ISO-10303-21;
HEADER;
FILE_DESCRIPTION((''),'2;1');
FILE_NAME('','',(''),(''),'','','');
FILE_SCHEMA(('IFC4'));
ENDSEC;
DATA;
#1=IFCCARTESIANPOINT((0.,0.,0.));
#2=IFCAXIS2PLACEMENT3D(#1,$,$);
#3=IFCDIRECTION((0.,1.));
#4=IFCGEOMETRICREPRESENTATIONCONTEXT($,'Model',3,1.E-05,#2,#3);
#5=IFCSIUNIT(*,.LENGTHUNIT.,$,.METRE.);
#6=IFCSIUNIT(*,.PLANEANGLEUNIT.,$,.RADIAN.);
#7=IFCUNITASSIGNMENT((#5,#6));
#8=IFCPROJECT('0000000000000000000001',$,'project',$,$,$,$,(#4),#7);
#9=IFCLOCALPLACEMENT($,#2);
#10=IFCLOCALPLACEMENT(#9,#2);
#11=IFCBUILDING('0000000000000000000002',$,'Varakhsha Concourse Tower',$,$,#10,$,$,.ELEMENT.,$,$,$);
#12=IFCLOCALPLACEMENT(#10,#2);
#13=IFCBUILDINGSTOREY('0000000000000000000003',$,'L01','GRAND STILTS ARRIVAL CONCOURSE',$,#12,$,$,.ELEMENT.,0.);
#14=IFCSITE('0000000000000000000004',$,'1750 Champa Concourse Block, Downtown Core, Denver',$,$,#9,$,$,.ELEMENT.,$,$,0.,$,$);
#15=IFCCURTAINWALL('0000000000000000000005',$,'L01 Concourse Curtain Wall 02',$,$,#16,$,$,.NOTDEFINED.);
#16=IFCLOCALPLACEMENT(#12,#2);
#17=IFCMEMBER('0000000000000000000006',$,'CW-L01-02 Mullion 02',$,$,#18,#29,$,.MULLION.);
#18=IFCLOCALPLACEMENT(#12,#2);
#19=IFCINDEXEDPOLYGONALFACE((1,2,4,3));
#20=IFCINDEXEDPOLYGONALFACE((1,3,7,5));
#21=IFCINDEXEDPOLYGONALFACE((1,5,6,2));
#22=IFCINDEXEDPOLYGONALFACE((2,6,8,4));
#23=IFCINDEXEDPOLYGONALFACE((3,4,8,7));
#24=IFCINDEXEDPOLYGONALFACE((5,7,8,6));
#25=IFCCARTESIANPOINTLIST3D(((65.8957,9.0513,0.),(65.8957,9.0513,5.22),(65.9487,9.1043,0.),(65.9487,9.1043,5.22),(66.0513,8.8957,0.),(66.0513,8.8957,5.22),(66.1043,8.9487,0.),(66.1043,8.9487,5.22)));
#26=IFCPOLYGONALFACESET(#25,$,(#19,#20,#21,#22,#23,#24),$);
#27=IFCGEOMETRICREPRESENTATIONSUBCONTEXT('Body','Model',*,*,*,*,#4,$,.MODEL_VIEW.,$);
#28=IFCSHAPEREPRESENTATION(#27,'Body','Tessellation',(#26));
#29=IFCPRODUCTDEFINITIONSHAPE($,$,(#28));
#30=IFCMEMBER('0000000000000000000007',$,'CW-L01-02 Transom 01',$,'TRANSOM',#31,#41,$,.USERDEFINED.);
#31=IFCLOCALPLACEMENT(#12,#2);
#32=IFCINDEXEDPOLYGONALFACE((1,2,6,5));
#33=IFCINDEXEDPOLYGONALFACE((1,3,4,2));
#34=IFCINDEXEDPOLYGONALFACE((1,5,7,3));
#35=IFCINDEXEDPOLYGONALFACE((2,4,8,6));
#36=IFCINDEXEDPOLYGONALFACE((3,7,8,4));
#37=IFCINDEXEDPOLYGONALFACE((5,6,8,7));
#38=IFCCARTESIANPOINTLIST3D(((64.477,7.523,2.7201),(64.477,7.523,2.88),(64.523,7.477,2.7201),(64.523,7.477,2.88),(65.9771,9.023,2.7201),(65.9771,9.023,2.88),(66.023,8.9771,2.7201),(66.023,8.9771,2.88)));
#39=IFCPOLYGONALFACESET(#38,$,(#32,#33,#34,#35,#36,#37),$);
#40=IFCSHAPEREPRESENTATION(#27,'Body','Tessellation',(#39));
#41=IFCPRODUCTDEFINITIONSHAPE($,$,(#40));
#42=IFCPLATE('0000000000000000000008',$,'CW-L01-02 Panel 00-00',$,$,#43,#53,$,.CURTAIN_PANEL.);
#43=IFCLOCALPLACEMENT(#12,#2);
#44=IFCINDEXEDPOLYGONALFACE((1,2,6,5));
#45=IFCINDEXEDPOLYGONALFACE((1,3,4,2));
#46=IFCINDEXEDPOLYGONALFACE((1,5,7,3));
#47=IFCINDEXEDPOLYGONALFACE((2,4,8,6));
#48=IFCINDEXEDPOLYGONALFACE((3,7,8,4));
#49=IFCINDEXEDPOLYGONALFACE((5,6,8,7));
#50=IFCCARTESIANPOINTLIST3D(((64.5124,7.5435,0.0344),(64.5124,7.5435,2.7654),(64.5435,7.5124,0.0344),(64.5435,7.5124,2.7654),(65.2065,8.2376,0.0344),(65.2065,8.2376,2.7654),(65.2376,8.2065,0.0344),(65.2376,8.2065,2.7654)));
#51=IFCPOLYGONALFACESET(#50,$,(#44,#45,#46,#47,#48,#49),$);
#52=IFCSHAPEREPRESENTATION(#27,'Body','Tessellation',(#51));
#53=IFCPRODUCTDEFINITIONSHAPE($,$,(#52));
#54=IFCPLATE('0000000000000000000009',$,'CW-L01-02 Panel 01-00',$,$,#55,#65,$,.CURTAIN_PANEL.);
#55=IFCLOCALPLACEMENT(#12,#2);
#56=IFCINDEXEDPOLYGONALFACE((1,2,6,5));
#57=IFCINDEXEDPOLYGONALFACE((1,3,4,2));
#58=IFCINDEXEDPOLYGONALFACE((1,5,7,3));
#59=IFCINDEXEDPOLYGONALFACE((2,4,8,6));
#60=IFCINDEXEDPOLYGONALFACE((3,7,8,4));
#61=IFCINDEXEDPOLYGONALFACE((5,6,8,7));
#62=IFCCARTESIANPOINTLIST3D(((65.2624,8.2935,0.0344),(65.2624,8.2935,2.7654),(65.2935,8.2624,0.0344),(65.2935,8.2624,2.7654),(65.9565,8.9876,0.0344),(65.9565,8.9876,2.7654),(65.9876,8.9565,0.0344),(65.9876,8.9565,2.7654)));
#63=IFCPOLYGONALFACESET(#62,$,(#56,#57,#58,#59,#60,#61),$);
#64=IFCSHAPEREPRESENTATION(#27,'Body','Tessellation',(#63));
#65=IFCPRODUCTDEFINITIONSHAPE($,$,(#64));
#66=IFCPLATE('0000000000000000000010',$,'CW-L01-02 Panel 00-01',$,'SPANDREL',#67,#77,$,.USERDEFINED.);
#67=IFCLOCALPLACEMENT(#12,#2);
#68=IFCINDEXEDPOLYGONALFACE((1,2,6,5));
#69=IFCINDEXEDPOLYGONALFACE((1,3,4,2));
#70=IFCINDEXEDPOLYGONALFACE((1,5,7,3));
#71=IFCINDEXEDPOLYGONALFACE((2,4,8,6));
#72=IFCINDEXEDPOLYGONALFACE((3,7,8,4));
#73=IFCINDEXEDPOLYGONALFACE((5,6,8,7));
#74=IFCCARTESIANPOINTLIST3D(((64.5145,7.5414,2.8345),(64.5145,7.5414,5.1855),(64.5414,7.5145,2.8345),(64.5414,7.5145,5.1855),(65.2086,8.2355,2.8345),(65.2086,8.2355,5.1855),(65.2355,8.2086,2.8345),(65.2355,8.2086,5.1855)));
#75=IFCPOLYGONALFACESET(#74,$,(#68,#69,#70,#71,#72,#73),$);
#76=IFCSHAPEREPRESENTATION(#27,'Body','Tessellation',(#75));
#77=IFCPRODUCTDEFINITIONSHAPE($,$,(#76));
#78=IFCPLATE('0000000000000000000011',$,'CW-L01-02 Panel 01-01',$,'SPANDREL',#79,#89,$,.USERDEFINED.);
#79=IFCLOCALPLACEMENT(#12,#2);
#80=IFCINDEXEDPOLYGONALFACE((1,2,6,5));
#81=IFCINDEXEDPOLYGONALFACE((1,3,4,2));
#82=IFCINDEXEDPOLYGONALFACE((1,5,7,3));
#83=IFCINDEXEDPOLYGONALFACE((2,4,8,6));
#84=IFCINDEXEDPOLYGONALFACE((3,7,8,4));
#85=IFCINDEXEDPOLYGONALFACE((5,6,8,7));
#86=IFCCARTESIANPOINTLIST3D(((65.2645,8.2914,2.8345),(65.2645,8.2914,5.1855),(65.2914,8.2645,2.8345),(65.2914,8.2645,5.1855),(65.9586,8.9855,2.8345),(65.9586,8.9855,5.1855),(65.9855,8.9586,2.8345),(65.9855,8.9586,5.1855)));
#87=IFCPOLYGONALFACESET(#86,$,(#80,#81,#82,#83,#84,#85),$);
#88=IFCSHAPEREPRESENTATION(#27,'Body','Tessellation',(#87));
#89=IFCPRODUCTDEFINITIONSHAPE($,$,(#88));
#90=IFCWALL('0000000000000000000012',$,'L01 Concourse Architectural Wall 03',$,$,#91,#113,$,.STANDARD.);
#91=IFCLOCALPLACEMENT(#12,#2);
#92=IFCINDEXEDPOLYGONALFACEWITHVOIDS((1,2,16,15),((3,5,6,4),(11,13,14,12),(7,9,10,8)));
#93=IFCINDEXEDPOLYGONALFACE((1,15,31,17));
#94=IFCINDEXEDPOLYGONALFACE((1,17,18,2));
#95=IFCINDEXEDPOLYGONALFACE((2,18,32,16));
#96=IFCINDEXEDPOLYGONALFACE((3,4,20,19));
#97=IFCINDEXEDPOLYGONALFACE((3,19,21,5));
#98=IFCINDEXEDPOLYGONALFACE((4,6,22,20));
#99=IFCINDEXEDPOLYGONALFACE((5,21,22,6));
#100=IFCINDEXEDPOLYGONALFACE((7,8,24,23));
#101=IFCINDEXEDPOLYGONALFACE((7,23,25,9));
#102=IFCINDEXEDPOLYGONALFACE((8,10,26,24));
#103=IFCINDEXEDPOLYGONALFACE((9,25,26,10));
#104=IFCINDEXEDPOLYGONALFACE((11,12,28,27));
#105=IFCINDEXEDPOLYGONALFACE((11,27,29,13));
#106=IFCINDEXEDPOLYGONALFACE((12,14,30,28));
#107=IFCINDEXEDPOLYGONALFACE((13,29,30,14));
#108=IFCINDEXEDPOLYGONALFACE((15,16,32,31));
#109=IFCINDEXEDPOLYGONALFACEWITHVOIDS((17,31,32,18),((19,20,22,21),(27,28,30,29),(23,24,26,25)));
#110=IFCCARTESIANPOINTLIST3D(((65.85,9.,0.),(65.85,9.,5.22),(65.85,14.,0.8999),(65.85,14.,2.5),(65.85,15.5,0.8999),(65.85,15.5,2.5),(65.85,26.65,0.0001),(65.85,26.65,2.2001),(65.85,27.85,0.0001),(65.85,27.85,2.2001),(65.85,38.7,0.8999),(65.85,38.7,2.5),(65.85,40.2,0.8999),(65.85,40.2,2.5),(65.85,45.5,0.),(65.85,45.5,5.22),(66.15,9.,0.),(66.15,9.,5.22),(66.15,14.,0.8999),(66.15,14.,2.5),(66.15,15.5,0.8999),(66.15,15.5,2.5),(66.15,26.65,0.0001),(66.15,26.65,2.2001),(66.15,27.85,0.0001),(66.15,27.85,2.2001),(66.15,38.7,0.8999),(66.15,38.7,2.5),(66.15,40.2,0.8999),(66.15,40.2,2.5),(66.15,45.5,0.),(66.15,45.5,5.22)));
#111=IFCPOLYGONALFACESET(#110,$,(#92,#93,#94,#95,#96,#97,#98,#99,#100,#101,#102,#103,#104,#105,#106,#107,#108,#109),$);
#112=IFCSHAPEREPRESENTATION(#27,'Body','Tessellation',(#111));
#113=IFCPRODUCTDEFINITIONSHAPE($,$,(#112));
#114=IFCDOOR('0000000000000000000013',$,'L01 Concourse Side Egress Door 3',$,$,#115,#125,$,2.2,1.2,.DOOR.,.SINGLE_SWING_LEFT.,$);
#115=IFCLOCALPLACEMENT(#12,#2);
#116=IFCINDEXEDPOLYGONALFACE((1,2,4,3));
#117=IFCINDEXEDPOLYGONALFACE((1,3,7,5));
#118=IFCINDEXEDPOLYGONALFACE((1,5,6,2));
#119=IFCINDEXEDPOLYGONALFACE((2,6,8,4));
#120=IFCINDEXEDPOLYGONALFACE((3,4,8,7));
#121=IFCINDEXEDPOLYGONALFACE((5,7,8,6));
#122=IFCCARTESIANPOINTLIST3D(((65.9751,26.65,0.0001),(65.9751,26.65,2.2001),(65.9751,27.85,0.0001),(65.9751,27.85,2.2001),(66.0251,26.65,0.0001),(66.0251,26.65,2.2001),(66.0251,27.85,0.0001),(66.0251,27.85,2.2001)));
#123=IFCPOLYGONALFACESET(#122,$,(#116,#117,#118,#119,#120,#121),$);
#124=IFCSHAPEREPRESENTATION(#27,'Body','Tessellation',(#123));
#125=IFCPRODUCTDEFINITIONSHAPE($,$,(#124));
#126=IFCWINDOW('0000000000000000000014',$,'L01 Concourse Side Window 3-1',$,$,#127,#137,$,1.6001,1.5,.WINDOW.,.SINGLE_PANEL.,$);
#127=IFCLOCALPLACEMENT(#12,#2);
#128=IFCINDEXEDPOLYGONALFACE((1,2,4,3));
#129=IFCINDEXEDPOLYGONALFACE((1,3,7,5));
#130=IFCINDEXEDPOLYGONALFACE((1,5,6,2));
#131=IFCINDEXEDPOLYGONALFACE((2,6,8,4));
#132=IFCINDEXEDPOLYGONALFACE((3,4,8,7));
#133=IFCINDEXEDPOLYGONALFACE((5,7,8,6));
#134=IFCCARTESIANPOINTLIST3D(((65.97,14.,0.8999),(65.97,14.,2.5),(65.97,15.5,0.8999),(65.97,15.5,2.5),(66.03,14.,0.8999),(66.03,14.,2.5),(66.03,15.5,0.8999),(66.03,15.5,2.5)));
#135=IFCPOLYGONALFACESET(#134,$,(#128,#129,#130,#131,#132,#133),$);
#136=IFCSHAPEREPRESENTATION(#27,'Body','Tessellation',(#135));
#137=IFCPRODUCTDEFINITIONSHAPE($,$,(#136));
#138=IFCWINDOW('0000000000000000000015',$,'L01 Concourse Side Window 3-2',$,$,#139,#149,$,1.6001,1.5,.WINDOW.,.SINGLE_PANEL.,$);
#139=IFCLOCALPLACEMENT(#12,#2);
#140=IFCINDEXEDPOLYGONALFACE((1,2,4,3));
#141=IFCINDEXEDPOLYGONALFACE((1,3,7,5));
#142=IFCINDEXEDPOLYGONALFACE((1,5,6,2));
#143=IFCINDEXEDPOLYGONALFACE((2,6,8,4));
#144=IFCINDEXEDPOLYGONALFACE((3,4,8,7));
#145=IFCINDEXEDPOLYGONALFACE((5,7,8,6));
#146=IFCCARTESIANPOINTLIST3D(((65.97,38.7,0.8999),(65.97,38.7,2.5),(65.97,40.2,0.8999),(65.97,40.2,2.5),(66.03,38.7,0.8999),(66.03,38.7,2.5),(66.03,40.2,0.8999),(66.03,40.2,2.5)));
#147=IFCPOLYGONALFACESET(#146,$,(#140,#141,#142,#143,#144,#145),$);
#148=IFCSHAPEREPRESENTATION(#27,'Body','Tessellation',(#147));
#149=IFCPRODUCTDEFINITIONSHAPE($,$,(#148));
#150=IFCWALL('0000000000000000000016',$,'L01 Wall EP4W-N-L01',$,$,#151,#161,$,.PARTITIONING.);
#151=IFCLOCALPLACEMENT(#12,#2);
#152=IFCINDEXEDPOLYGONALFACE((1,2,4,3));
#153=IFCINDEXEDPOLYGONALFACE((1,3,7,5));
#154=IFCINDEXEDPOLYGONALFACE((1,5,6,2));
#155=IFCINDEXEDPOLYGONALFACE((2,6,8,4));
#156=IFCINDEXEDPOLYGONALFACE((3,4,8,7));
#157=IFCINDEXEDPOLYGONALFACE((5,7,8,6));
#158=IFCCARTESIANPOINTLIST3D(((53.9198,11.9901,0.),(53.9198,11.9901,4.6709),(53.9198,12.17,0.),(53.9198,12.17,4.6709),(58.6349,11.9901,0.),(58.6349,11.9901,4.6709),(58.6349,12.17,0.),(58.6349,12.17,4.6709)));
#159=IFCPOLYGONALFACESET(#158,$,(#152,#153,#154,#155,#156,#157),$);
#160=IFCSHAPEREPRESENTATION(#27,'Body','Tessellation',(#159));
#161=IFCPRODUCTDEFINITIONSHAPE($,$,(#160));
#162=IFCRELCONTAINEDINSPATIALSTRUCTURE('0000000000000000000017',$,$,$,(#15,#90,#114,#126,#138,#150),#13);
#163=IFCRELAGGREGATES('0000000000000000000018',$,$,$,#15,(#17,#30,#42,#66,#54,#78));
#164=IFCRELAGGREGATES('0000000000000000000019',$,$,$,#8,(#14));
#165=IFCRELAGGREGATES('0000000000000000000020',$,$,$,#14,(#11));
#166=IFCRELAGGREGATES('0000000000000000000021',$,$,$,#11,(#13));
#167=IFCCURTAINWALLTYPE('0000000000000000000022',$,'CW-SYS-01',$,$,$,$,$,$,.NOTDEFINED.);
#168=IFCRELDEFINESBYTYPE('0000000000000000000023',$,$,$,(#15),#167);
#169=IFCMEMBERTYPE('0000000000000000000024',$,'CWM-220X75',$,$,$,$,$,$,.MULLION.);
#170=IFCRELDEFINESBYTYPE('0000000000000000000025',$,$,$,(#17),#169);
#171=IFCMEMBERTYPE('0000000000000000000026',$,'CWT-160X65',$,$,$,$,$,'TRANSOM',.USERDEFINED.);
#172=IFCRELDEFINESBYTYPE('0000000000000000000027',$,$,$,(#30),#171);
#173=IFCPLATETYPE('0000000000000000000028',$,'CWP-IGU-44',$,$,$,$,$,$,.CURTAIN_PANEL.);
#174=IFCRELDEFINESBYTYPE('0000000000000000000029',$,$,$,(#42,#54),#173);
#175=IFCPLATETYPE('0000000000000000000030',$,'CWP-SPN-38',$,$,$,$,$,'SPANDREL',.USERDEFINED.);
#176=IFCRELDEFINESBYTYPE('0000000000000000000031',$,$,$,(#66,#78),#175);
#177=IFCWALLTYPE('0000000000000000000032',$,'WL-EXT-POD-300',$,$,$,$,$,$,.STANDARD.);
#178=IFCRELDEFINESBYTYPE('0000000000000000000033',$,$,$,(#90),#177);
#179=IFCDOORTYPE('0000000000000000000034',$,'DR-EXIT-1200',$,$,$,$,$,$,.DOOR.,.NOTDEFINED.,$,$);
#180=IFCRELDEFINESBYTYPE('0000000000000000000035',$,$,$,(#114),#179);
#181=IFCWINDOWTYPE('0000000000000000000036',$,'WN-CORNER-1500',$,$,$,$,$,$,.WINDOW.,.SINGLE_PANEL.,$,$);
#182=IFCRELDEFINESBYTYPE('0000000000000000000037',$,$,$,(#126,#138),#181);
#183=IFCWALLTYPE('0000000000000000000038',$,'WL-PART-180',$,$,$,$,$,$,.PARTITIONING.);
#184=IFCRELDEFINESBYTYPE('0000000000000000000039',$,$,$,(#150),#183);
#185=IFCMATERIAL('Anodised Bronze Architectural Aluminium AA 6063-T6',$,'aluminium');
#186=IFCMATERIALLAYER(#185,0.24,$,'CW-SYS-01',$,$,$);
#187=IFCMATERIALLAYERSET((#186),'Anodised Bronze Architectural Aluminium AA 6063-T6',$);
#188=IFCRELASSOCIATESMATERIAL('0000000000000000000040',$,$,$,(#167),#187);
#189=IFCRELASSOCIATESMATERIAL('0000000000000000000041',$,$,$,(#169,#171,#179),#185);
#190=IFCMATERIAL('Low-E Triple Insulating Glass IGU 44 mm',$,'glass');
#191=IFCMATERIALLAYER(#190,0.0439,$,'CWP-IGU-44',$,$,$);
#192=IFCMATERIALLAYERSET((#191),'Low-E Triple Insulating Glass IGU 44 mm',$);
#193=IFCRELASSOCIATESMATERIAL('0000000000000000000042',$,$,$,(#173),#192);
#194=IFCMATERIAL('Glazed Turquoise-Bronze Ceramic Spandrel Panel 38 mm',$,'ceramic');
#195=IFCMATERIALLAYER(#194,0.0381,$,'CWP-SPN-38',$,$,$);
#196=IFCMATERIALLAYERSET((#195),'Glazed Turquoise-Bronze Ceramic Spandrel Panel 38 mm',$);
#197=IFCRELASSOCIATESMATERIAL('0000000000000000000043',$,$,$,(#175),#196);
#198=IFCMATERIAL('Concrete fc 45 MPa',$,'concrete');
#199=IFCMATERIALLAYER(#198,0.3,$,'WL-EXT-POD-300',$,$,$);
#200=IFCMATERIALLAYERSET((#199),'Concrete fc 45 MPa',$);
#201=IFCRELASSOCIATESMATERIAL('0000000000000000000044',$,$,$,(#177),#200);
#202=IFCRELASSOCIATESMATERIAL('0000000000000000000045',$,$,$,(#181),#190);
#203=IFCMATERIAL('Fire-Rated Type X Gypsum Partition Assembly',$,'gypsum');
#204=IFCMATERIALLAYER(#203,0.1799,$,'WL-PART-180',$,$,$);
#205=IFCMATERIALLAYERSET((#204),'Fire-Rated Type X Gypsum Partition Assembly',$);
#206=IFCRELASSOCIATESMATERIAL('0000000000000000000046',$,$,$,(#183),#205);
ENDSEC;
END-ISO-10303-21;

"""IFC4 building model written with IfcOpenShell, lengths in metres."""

from ifc_helpers import new_model, si_unit, direction, frame, frame_2d, origin, origin_2d, place, context, subcontext, project, spatial, rectangle, extrude, source, transform, mapped, material, layer, layer_set, material_profile, profile_set, type_object, type_shapes, element, fill, aggregate, save


model = new_model("IFC4")

# Units and contexts
model_context = context("Model", 3, precision=1e-05, world=origin(), true_north=direction((0.0, 1.0)))
body_context = subcontext(model_context, "Body", "Model", "MODEL_VIEW")
ifc_project = project(units=[si_unit("LENGTHUNIT", "METRE"), si_unit("PLANEANGLEUNIT", "RADIAN")], contexts=[model_context])

# Site, building, storey
site_placement = place(None, origin())
site = spatial("IfcSite", under=ifc_project, at=site_placement, Name="1750 Champa Concourse Block, Downtown Core, Denver", CompositionType="ELEMENT", RefElevation=0.0)
building_placement = place(site_placement, origin())
building = spatial("IfcBuilding", under=site, at=building_placement, Name="Varakhsha Concourse Tower", CompositionType="ELEMENT")
storey_placement = place(building_placement, origin())
storey = spatial("IfcBuildingStorey", under=building, at=storey_placement, Name="L01", Description="GRAND STILTS ARRIVAL CONCOURSE", CompositionType="ELEMENT", Elevation=0.0)

# Curtain wall, members, plates
ifc_material_1 = material(Name="Anodised Bronze Architectural Aluminium AA 6063-T6", Category="aluminium")
ifc_layer_1 = layer(ifc_material_1, 0.24, Name="CW-SYS-01")
ifc_layer_set_1 = layer_set([ifc_layer_1], Name="Anodised Bronze Architectural Aluminium AA 6063-T6")
curtain_wall_type = type_object("IfcCurtainWallType", Name="CW-SYS-01", PredefinedType="NOTDEFINED", material=ifc_layer_set_1)
curtain_wall_placement = place(storey_placement, origin())
curtain_wall = element("IfcCurtainWall", 1, at=curtain_wall_placement, inside=storey, type_object=curtain_wall_type, Name="L01 Concourse Curtain Wall 02", PredefinedType="NOTDEFINED")
ifc_material_profile_1 = material_profile(ifc_material_1, rectangle(XDim=0.075, YDim=0.22, at=origin_2d()), Name="CWM-220X75")
ifc_profile_set_1 = profile_set([ifc_material_profile_1], Name="Anodised Bronze Architectural Aluminium AA 6063-T6")
member_type_1 = type_object("IfcMemberType", Name="CWM-220X75", PredefinedType="MULLION", material=ifc_profile_set_1)
shared_shape_1 = source(origin(), body_context, "Body", "SweptSolid", [
    extrude(rectangle(XDim=0.075, YDim=0.22, at=origin_2d()), origin(), (0.0, 0.0, 1.0), 5.22),
])
type_shapes(member_type_1, [shared_shape_1])
member_1_placement = place(storey_placement, frame((66.0, 9.0, 0.0), z_axis=(0.0, 0.0, 1.0), x_axis=(0.707107, 0.707107, 0.0)))
member_1 = element("IfcMember", 2, at=member_1_placement, type_object=member_type_1, Name="CW-L01-02 Mullion 02", PredefinedType="MULLION", context=body_context, shape_type="MappedRepresentation", body=[
    mapped(shared_shape_1, transform((0.0, 0.0, 0.0), scale=1.0)),
])
ifc_material_profile_2 = material_profile(ifc_material_1, rectangle(XDim=0.0649, YDim=0.1599, at=origin_2d()), Name="CWT-160X65")
ifc_profile_set_2 = profile_set([ifc_material_profile_2], Name="Anodised Bronze Architectural Aluminium AA 6063-T6")
member_type_2 = type_object("IfcMemberType", Name="CWT-160X65", ElementType="TRANSOM", PredefinedType="USERDEFINED", material=ifc_profile_set_2)
shared_shape_2 = source(origin(), body_context, "Body", "SweptSolid", [
    extrude(rectangle(XDim=0.0649, YDim=0.1599, at=origin_2d()), origin(), (0.0, 0.0, 1.0), 2.1213),
])
type_shapes(member_type_2, [shared_shape_2])
member_2_placement = place(storey_placement, frame((64.5, 7.5, 2.8), z_axis=(0.707107, 0.707107, 0.0), x_axis=(-0.707107, 0.707107, 0.0)))
member_2 = element("IfcMember", 3, at=member_2_placement, type_object=member_type_2, Name="CW-L01-02 Transom 01", ObjectType="TRANSOM", PredefinedType="USERDEFINED", context=body_context, shape_type="MappedRepresentation", body=[
    mapped(shared_shape_2, transform((0.0, 0.0, 0.0), scale=1.0)),
])
ifc_material_2 = material(Name="Low-E Triple Insulating Glass IGU 44 mm", Category="glass")
ifc_layer_2 = layer(ifc_material_2, 0.0439, Name="CWP-IGU-44")
ifc_layer_set_2 = layer_set([ifc_layer_2], Name="Low-E Triple Insulating Glass IGU 44 mm")
plate_type_1 = type_object("IfcPlateType", Name="CWP-IGU-44", PredefinedType="CURTAIN_PANEL", material=ifc_layer_set_2)
shared_shape_3 = source(origin(), body_context, "Body", "SweptSolid", [
    extrude(rectangle(XDim=0.9817, YDim=0.0439, at=origin_2d()), origin(), (0.0, 0.0, 1.0), 2.731),
])
type_shapes(plate_type_1, [shared_shape_3])
plate_1_placement = place(storey_placement, frame((64.875, 7.875, 0.0344), z_axis=(0.0, 0.0, 1.0), x_axis=(0.707107, 0.707107, 0.0)))
plate_1 = element("IfcPlate", 4, at=plate_1_placement, type_object=plate_type_1, Name="CW-L01-02 Panel 00-00", PredefinedType="CURTAIN_PANEL", context=body_context, shape_type="MappedRepresentation", body=[
    mapped(shared_shape_3, transform((0.0, 0.0, 0.0), scale=1.0)),
])
plate_2_placement = place(storey_placement, frame((65.625, 8.625, 0.0344), z_axis=(0.0, 0.0, 1.0), x_axis=(0.707107, 0.707107, 0.0)))
plate_2 = element("IfcPlate", 5, at=plate_2_placement, type_object=plate_type_1, Name="CW-L01-02 Panel 01-00", PredefinedType="CURTAIN_PANEL", context=body_context, shape_type="MappedRepresentation", body=[
    mapped(shared_shape_3, transform((0.0, 0.0, 0.0), scale=1.0)),
])
ifc_material_3 = material(Name="Glazed Turquoise-Bronze Ceramic Spandrel Panel 38 mm", Category="ceramic")
ifc_layer_3 = layer(ifc_material_3, 0.0381, Name="CWP-SPN-38")
ifc_layer_set_3 = layer_set([ifc_layer_3], Name="Glazed Turquoise-Bronze Ceramic Spandrel Panel 38 mm")
plate_type_2 = type_object("IfcPlateType", Name="CWP-SPN-38", ElementType="SPANDREL", PredefinedType="USERDEFINED", material=ifc_layer_set_3)
shared_shape_4 = source(origin(), body_context, "Body", "SweptSolid", [
    extrude(rectangle(XDim=0.9817, YDim=0.0381, at=origin_2d()), origin(), (0.0, 0.0, 1.0), 2.3511),
])
type_shapes(plate_type_2, [shared_shape_4])
plate_3_placement = place(storey_placement, frame((64.875, 7.875, 2.8345), z_axis=(0.0, 0.0, 1.0), x_axis=(0.707107, 0.707107, 0.0)))
plate_3 = element("IfcPlate", 6, at=plate_3_placement, type_object=plate_type_2, Name="CW-L01-02 Panel 00-01", ObjectType="SPANDREL", PredefinedType="USERDEFINED", context=body_context, shape_type="MappedRepresentation", body=[
    mapped(shared_shape_4, transform((0.0, 0.0, 0.0), scale=1.0)),
])
plate_4_placement = place(storey_placement, frame((65.625, 8.625, 2.8345), z_axis=(0.0, 0.0, 1.0), x_axis=(0.707107, 0.707107, 0.0)))
plate_4 = element("IfcPlate", 7, at=plate_4_placement, type_object=plate_type_2, Name="CW-L01-02 Panel 01-01", ObjectType="SPANDREL", PredefinedType="USERDEFINED", context=body_context, shape_type="MappedRepresentation", body=[
    mapped(shared_shape_4, transform((0.0, 0.0, 0.0), scale=1.0)),
])
aggregate(curtain_wall, [member_1, member_2, plate_1, plate_3, plate_2, plate_4])

# Wall, openings, door, windows
ifc_material_4 = material(Name="Concrete fc 45 MPa", Category="concrete")
ifc_layer_4 = layer(ifc_material_4, 0.3, Name="WL-EXT-POD-300")
ifc_layer_set_4 = layer_set([ifc_layer_4], Name="Concrete fc 45 MPa")
wall_type_1 = type_object("IfcWallType", Name="WL-EXT-POD-300", PredefinedType="STANDARD", material=ifc_layer_set_4)
wall_1_placement = place(storey_placement, frame((66.0, 9.0, 0.0), z_axis=(0.0, 0.0, 1.0), x_axis=(0.0, 1.0, 0.0)))
wall_1 = element("IfcWall", 8, at=wall_1_placement, inside=storey, type_object=wall_type_1, Name="L01 Concourse Architectural Wall 03", PredefinedType="STANDARD", context=body_context, shape_type="SweptSolid", body=[
    extrude(rectangle(XDim=36.5, YDim=0.3, at=frame_2d((18.25, 0.0))), origin(), (0.0, 0.0, 1.0), 5.22),
])
opening_1_placement = place(wall_1_placement, frame((17.6499, 0.0, 0.0)))
opening_1 = element("IfcOpeningElement", 9, at=opening_1_placement, cuts=wall_1, PredefinedType="OPENING", context=body_context, shape_type="SweptSolid", body=[
    extrude(rectangle(XDim=1.2, YDim=2.2, at=frame_2d((0.6001, 1.1001))), frame((0.0, 0.1599, 0.0), z_axis=(0.0, -1.0, 0.0), x_axis=(1.0, 0.0, 0.0)), (0.0, 0.0, 1.0), 0.3201),
])
opening_2_placement = place(wall_1_placement, frame((5.0, 0.0, 0.8999)))
opening_2 = element("IfcOpeningElement", 10, at=opening_2_placement, cuts=wall_1, PredefinedType="OPENING", context=body_context, shape_type="SweptSolid", body=[
    extrude(rectangle(XDim=1.5, YDim=1.6001, at=frame_2d((0.75, 0.8))), frame((0.0, 0.1599, 0.0), z_axis=(0.0, -1.0, 0.0), x_axis=(1.0, 0.0, 0.0)), (0.0, 0.0, 1.0), 0.3201),
])
opening_3_placement = place(wall_1_placement, frame((29.7, 0.0, 0.8999)))
opening_3 = element("IfcOpeningElement", 11, at=opening_3_placement, cuts=wall_1, PredefinedType="OPENING", context=body_context, shape_type="SweptSolid", body=[
    extrude(rectangle(XDim=1.5, YDim=1.6001, at=frame_2d((0.75, 0.8))), frame((0.0, 0.1599, 0.0), z_axis=(0.0, -1.0, 0.0), x_axis=(1.0, 0.0, 0.0)), (0.0, 0.0, 1.0), 0.3201),
])
door_type_1 = type_object("IfcDoorType", Name="DR-EXIT-1200", OperationType="NOTDEFINED", PredefinedType="DOOR", material=ifc_material_1)
door_1_placement = place(opening_1_placement, origin())
door_1 = element("IfcDoor", 12, at=door_1_placement, inside=storey, type_object=door_type_1, Name="L01 Concourse Side Egress Door 3", OperationType="SINGLE_SWING_LEFT", OverallHeight=2.2, OverallWidth=1.2, PredefinedType="DOOR", context=body_context, shape_type="SweptSolid", body=[
    extrude(rectangle(XDim=1.2, YDim=2.2, at=frame_2d((0.6001, 1.1001))), frame((0.0, 0.0249, 0.0), z_axis=(0.0, -1.0, 0.0), x_axis=(1.0, 0.0, 0.0)), (0.0, 0.0, 1.0), 0.05),
])
fill(opening_1, door_1)
window_type = type_object("IfcWindowType", Name="WN-CORNER-1500", PartitioningType="SINGLE_PANEL", PredefinedType="WINDOW", material=ifc_material_2)
window_1_placement = place(opening_2_placement, origin())
window_1 = element("IfcWindow", 13, at=window_1_placement, inside=storey, type_object=window_type, Name="L01 Concourse Side Window 3-1", OverallHeight=1.6001, OverallWidth=1.5, PartitioningType="SINGLE_PANEL", PredefinedType="WINDOW", context=body_context, shape_type="SweptSolid", body=[
    extrude(rectangle(XDim=1.5, YDim=1.6001, at=frame_2d((0.75, 0.8))), frame((0.0, 0.03, 0.0), z_axis=(0.0, -1.0, 0.0), x_axis=(1.0, 0.0, 0.0)), (0.0, 0.0, 1.0), 0.0601),
])
fill(opening_2, window_1)
window_2_placement = place(opening_3_placement, origin())
window_2 = element("IfcWindow", 14, at=window_2_placement, inside=storey, type_object=window_type, Name="L01 Concourse Side Window 3-2", OverallHeight=1.6001, OverallWidth=1.5, PartitioningType="SINGLE_PANEL", PredefinedType="WINDOW", context=body_context, shape_type="SweptSolid", body=[
    extrude(rectangle(XDim=1.5, YDim=1.6001, at=frame_2d((0.75, 0.8))), frame((0.0, 0.03, 0.0), z_axis=(0.0, -1.0, 0.0), x_axis=(1.0, 0.0, 0.0)), (0.0, 0.0, 1.0), 0.0601),
])
fill(opening_3, window_2)

# Wall
ifc_material_5 = material(Name="Fire-Rated Type X Gypsum Partition Assembly", Category="gypsum")
ifc_layer_5 = layer(ifc_material_5, 0.1799, Name="WL-PART-180")
ifc_layer_set_5 = layer_set([ifc_layer_5], Name="Fire-Rated Type X Gypsum Partition Assembly")
wall_type_2 = type_object("IfcWallType", Name="WL-PART-180", PredefinedType="PARTITIONING", material=ifc_layer_set_5)
wall_2_placement = place(storey_placement, frame((53.9199, 12.0801, 0.0), z_axis=(0.0, 0.0, 1.0), x_axis=(1.0, 0.0, 0.0)))
element("IfcWall", 15, at=wall_2_placement, inside=storey, type_object=wall_type_2, Name="L01 Wall EP4W-N-L01", PredefinedType="PARTITIONING", context=body_context, shape_type="SweptSolid", body=[
    extrude(rectangle(XDim=4.7151, YDim=0.1799, at=frame_2d((2.3574, 0.0))), origin(), (0.0, 0.0, 1.0), 4.6709),
])

save(model, "model.ifc")
